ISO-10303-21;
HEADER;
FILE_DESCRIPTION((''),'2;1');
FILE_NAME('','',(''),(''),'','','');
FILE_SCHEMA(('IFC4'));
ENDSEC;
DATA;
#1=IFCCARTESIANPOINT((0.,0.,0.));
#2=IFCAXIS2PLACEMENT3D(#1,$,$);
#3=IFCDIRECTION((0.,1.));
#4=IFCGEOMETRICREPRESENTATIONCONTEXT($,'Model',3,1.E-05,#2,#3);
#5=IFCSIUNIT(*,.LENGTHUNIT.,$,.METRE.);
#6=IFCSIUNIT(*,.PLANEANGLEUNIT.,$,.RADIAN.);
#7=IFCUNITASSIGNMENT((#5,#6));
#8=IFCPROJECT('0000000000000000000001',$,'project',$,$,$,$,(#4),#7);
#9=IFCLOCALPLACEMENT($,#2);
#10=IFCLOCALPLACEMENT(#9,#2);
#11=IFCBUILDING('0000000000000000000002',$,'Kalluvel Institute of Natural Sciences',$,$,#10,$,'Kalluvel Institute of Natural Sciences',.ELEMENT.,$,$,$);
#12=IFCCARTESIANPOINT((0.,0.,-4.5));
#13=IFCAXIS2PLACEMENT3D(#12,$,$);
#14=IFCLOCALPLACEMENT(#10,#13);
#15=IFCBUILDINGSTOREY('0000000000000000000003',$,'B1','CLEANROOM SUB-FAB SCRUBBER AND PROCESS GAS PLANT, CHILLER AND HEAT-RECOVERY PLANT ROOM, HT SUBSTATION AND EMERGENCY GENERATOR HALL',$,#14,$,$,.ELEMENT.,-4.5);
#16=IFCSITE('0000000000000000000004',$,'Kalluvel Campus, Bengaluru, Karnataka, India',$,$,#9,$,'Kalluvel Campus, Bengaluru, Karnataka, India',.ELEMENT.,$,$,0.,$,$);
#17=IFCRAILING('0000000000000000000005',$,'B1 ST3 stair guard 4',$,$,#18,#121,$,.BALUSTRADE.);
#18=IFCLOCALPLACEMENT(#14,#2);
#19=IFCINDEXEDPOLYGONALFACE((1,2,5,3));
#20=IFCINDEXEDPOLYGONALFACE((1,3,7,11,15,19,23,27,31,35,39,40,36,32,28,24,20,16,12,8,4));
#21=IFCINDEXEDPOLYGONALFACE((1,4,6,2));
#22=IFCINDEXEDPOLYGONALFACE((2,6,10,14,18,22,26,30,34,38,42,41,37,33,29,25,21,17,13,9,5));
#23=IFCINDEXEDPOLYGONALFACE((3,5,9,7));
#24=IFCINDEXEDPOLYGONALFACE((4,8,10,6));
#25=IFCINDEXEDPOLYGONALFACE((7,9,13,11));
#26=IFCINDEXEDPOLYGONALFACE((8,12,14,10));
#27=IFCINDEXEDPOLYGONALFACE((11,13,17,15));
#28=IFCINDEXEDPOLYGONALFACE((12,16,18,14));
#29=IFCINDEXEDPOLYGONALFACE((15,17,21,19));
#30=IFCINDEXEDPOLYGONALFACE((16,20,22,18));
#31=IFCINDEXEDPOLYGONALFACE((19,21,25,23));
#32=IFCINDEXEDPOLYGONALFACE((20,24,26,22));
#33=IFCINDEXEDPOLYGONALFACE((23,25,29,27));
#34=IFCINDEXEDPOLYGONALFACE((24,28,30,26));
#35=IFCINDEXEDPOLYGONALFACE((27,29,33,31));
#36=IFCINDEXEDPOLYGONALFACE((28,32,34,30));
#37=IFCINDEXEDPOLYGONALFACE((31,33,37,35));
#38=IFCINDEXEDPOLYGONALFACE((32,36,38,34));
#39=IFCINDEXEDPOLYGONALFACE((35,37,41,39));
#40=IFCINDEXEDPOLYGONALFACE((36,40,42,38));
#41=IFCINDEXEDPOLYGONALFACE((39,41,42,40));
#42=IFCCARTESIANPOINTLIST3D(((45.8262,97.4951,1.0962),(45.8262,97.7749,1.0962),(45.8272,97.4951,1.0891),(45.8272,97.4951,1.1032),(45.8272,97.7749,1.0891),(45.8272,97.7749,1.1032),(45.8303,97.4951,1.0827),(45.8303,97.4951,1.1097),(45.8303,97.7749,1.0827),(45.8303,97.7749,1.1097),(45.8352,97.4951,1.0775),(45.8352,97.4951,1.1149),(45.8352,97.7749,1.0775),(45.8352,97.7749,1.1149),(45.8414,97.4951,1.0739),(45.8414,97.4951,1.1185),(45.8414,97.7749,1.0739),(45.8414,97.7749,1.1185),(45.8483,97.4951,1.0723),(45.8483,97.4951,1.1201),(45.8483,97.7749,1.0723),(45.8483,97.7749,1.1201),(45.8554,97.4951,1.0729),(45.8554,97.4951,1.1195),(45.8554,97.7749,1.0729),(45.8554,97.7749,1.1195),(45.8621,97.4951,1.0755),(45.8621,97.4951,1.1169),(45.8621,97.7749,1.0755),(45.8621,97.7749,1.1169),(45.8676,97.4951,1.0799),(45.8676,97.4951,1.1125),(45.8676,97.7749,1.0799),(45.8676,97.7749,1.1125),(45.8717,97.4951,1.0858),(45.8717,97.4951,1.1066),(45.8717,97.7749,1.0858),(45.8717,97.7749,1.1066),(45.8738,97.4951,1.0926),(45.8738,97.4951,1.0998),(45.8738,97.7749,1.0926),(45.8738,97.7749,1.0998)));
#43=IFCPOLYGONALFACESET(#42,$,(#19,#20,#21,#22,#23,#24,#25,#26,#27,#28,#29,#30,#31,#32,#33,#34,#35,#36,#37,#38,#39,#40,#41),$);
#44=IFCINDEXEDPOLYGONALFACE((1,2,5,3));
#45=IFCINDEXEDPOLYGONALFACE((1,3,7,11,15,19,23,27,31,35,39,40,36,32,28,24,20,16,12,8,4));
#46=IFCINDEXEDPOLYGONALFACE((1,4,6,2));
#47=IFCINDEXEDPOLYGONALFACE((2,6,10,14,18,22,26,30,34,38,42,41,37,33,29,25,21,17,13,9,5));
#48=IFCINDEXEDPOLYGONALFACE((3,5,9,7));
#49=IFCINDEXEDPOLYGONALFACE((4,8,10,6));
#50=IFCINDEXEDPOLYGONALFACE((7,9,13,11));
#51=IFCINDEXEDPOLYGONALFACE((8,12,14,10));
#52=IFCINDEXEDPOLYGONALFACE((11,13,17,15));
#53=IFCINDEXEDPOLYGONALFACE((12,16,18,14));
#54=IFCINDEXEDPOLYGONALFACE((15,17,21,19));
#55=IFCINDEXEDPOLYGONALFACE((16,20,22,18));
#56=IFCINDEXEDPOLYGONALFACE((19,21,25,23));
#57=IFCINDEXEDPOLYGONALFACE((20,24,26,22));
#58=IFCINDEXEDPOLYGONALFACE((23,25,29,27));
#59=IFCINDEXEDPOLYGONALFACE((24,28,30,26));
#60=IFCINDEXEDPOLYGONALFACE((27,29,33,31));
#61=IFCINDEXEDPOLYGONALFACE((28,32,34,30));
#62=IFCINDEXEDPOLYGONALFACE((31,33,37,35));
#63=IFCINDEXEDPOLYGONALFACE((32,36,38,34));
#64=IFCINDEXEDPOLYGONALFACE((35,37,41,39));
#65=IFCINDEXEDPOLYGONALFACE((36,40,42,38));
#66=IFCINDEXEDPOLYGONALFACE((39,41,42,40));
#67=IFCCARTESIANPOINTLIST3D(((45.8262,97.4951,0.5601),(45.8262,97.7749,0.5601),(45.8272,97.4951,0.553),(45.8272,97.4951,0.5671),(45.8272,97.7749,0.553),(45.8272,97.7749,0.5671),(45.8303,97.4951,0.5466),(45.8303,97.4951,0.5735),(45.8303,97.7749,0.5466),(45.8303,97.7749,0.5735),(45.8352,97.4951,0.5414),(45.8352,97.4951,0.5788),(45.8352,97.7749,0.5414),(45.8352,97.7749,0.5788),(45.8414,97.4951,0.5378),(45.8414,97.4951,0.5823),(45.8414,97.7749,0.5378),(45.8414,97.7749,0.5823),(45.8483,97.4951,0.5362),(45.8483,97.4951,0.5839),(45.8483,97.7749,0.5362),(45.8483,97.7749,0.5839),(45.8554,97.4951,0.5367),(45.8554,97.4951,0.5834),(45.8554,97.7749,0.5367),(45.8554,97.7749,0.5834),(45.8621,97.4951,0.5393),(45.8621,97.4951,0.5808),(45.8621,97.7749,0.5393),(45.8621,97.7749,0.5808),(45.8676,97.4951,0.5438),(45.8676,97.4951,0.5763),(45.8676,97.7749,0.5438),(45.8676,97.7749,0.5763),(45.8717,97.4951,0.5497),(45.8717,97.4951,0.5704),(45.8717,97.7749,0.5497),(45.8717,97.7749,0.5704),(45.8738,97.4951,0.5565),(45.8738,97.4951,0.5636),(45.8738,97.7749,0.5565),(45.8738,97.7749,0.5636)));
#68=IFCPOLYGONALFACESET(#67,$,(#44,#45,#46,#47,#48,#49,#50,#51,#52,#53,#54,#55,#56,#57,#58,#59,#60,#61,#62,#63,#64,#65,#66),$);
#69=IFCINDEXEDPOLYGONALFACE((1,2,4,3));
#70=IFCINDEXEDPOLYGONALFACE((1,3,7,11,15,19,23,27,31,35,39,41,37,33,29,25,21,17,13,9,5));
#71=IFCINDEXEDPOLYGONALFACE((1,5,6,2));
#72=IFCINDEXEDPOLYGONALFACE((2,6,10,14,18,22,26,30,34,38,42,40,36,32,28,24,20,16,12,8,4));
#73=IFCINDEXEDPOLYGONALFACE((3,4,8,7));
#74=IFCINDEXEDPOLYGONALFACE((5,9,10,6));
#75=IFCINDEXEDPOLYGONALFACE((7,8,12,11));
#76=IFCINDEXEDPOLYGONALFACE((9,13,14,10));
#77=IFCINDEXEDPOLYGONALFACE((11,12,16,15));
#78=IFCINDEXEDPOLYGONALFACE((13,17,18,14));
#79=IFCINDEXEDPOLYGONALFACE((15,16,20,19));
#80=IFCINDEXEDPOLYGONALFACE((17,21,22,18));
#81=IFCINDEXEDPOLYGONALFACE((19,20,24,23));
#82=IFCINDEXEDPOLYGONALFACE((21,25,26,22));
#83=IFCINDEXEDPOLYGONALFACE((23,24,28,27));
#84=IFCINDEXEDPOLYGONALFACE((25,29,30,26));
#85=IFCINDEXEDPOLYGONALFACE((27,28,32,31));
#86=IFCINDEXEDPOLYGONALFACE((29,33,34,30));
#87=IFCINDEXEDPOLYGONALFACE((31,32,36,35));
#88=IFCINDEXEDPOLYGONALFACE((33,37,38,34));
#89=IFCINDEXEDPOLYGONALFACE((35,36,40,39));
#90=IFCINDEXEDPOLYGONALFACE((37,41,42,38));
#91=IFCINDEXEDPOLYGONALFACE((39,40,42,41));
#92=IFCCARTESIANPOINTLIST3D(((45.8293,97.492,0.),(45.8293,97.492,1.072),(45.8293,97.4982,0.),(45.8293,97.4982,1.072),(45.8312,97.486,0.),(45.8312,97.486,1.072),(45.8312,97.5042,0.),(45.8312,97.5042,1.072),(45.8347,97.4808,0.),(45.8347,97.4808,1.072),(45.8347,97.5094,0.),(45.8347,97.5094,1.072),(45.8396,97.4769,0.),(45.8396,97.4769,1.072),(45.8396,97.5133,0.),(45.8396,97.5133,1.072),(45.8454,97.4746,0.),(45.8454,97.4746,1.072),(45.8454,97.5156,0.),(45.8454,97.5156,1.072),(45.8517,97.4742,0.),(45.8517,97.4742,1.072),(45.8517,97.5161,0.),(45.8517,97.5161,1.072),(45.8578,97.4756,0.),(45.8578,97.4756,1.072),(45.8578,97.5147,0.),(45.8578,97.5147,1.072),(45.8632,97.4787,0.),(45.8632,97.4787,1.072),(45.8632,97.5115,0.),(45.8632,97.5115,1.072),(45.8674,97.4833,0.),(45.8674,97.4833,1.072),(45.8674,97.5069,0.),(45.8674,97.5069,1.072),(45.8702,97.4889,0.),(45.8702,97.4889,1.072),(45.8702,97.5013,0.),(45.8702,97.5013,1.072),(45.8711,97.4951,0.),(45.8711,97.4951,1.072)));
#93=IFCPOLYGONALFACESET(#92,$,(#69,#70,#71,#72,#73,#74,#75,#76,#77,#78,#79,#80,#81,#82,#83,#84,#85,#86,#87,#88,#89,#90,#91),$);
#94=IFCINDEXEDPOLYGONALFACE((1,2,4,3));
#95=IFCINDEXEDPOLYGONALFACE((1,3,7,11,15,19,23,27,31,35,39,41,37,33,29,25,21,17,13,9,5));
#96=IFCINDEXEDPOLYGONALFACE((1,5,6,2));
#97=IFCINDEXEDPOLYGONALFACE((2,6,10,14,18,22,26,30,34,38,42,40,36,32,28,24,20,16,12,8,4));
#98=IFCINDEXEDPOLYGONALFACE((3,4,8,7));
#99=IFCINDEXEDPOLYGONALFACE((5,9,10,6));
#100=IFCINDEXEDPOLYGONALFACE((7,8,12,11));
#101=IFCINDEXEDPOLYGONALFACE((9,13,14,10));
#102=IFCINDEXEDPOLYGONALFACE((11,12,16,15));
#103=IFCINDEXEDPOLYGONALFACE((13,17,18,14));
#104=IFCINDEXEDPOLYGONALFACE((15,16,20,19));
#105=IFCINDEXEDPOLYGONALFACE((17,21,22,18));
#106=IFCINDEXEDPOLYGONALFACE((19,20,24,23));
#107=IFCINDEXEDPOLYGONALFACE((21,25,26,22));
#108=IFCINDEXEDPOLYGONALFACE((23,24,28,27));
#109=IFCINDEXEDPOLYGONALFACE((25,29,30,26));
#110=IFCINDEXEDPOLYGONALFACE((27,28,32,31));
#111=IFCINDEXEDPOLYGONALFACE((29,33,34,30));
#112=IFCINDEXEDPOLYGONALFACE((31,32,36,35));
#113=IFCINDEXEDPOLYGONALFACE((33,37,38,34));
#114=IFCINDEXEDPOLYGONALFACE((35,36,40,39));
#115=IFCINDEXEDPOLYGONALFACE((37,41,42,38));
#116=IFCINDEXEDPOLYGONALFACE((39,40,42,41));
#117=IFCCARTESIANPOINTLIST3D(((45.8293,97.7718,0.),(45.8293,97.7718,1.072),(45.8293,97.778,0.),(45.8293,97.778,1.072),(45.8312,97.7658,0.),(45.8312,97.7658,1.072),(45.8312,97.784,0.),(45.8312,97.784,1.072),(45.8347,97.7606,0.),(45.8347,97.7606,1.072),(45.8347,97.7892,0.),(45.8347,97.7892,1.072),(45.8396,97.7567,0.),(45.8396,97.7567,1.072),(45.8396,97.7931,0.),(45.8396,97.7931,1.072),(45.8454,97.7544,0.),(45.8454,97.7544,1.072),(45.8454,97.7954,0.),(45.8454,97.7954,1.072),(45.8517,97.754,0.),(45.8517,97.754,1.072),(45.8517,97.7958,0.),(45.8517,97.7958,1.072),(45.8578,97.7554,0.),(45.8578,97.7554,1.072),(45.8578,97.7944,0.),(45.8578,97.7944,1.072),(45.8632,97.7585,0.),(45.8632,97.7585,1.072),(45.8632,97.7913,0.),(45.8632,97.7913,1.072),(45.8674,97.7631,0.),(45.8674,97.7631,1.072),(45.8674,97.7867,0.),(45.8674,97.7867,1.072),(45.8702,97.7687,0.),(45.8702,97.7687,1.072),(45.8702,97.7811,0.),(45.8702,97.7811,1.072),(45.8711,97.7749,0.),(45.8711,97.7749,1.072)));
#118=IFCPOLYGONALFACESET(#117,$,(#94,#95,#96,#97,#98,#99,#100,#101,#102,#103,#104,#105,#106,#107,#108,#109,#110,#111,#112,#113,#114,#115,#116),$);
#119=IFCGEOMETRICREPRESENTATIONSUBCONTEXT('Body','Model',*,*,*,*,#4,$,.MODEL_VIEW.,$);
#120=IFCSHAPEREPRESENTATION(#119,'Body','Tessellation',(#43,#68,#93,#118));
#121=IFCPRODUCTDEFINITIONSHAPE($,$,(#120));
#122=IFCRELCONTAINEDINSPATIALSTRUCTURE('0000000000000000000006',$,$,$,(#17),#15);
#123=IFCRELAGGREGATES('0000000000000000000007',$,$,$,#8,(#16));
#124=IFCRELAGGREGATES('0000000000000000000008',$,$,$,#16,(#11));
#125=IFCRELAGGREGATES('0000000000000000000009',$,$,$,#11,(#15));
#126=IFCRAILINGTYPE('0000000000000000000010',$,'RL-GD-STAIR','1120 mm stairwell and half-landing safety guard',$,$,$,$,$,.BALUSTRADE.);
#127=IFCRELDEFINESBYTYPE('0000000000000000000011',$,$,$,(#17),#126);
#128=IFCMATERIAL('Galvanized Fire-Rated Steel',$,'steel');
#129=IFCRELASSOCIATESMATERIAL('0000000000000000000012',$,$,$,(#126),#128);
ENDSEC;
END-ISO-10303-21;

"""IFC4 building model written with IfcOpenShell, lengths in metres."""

from ifc_helpers import new_model, si_unit, direction, frame, origin, origin_2d, place, context, subcontext, project, spatial, circle, extrude, material, type_object, element, save


model = new_model("IFC4")

# Units and contexts
model_context = context("Model", 3, precision=1e-05, world=origin(), true_north=direction((0.0, 1.0)))
body_context = subcontext(model_context, "Body", "Model", "MODEL_VIEW")
ifc_project = project(units=[si_unit("LENGTHUNIT", "METRE"), si_unit("PLANEANGLEUNIT", "RADIAN")], contexts=[model_context])

# Site, building, storey
site_placement = place(None, origin())
site = spatial("IfcSite", under=ifc_project, at=site_placement, Name="Kalluvel Campus, Bengaluru, Karnataka, India", LongName="Kalluvel Campus, Bengaluru, Karnataka, India", CompositionType="ELEMENT", RefElevation=0.0)
building_placement = place(site_placement, origin())
building = spatial("IfcBuilding", under=site, at=building_placement, Name="Kalluvel Institute of Natural Sciences", LongName="Kalluvel Institute of Natural Sciences", CompositionType="ELEMENT")
storey_placement = place(building_placement, frame((0.0, 0.0, -4.5)))
storey = spatial("IfcBuildingStorey", under=building, at=storey_placement, Name="B1", Description="CLEANROOM SUB-FAB SCRUBBER AND PROCESS GAS PLANT, CHILLER AND HEAT-RECOVERY PLANT ROOM, HT SUBSTATION AND EMERGENCY GENERATOR HALL", CompositionType="ELEMENT", Elevation=-4.5)

# Railing
ifc_material_1 = material(Name="Galvanized Fire-Rated Steel", Category="steel")
railing_type_1 = type_object("IfcRailingType", Name="RL-GD-STAIR", Description="1120 mm stairwell and half-landing safety guard", PredefinedType="BALUSTRADE", material=ifc_material_1)
railing_1_placement = place(storey_placement, frame((45.8501, 97.4951, 0.0)))
element("IfcRailing", 1, at=railing_1_placement, inside=storey, type_object=railing_type_1, Name="B1 ST3 stair guard 4", PredefinedType="BALUSTRADE", context=body_context, shape_type="SweptSolid", body=[
    extrude(circle(Radius=0.0239, at=origin_2d()), frame((0.0, 0.0, 1.0962), z_axis=(0.0, 1.0, 0.0), x_axis=(-1.0, 0.0, 0.0)), (0.0, 0.0, 1.0), 0.2798),
    extrude(circle(Radius=0.0239, at=origin_2d()), frame((0.0, 0.0, 0.5601), z_axis=(0.0, 1.0, 0.0), x_axis=(-1.0, 0.0, 0.0)), (0.0, 0.0, 1.0), 0.2798),
    extrude(circle(Radius=0.021, at=origin_2d()), origin(), (0.0, 0.0, 1.0), 1.072),
    extrude(circle(Radius=0.021, at=origin_2d()), frame((0.0, 0.2798, 0.0)), (0.0, 0.0, 1.0), 1.072),
])

save(model, "model.ifc")
